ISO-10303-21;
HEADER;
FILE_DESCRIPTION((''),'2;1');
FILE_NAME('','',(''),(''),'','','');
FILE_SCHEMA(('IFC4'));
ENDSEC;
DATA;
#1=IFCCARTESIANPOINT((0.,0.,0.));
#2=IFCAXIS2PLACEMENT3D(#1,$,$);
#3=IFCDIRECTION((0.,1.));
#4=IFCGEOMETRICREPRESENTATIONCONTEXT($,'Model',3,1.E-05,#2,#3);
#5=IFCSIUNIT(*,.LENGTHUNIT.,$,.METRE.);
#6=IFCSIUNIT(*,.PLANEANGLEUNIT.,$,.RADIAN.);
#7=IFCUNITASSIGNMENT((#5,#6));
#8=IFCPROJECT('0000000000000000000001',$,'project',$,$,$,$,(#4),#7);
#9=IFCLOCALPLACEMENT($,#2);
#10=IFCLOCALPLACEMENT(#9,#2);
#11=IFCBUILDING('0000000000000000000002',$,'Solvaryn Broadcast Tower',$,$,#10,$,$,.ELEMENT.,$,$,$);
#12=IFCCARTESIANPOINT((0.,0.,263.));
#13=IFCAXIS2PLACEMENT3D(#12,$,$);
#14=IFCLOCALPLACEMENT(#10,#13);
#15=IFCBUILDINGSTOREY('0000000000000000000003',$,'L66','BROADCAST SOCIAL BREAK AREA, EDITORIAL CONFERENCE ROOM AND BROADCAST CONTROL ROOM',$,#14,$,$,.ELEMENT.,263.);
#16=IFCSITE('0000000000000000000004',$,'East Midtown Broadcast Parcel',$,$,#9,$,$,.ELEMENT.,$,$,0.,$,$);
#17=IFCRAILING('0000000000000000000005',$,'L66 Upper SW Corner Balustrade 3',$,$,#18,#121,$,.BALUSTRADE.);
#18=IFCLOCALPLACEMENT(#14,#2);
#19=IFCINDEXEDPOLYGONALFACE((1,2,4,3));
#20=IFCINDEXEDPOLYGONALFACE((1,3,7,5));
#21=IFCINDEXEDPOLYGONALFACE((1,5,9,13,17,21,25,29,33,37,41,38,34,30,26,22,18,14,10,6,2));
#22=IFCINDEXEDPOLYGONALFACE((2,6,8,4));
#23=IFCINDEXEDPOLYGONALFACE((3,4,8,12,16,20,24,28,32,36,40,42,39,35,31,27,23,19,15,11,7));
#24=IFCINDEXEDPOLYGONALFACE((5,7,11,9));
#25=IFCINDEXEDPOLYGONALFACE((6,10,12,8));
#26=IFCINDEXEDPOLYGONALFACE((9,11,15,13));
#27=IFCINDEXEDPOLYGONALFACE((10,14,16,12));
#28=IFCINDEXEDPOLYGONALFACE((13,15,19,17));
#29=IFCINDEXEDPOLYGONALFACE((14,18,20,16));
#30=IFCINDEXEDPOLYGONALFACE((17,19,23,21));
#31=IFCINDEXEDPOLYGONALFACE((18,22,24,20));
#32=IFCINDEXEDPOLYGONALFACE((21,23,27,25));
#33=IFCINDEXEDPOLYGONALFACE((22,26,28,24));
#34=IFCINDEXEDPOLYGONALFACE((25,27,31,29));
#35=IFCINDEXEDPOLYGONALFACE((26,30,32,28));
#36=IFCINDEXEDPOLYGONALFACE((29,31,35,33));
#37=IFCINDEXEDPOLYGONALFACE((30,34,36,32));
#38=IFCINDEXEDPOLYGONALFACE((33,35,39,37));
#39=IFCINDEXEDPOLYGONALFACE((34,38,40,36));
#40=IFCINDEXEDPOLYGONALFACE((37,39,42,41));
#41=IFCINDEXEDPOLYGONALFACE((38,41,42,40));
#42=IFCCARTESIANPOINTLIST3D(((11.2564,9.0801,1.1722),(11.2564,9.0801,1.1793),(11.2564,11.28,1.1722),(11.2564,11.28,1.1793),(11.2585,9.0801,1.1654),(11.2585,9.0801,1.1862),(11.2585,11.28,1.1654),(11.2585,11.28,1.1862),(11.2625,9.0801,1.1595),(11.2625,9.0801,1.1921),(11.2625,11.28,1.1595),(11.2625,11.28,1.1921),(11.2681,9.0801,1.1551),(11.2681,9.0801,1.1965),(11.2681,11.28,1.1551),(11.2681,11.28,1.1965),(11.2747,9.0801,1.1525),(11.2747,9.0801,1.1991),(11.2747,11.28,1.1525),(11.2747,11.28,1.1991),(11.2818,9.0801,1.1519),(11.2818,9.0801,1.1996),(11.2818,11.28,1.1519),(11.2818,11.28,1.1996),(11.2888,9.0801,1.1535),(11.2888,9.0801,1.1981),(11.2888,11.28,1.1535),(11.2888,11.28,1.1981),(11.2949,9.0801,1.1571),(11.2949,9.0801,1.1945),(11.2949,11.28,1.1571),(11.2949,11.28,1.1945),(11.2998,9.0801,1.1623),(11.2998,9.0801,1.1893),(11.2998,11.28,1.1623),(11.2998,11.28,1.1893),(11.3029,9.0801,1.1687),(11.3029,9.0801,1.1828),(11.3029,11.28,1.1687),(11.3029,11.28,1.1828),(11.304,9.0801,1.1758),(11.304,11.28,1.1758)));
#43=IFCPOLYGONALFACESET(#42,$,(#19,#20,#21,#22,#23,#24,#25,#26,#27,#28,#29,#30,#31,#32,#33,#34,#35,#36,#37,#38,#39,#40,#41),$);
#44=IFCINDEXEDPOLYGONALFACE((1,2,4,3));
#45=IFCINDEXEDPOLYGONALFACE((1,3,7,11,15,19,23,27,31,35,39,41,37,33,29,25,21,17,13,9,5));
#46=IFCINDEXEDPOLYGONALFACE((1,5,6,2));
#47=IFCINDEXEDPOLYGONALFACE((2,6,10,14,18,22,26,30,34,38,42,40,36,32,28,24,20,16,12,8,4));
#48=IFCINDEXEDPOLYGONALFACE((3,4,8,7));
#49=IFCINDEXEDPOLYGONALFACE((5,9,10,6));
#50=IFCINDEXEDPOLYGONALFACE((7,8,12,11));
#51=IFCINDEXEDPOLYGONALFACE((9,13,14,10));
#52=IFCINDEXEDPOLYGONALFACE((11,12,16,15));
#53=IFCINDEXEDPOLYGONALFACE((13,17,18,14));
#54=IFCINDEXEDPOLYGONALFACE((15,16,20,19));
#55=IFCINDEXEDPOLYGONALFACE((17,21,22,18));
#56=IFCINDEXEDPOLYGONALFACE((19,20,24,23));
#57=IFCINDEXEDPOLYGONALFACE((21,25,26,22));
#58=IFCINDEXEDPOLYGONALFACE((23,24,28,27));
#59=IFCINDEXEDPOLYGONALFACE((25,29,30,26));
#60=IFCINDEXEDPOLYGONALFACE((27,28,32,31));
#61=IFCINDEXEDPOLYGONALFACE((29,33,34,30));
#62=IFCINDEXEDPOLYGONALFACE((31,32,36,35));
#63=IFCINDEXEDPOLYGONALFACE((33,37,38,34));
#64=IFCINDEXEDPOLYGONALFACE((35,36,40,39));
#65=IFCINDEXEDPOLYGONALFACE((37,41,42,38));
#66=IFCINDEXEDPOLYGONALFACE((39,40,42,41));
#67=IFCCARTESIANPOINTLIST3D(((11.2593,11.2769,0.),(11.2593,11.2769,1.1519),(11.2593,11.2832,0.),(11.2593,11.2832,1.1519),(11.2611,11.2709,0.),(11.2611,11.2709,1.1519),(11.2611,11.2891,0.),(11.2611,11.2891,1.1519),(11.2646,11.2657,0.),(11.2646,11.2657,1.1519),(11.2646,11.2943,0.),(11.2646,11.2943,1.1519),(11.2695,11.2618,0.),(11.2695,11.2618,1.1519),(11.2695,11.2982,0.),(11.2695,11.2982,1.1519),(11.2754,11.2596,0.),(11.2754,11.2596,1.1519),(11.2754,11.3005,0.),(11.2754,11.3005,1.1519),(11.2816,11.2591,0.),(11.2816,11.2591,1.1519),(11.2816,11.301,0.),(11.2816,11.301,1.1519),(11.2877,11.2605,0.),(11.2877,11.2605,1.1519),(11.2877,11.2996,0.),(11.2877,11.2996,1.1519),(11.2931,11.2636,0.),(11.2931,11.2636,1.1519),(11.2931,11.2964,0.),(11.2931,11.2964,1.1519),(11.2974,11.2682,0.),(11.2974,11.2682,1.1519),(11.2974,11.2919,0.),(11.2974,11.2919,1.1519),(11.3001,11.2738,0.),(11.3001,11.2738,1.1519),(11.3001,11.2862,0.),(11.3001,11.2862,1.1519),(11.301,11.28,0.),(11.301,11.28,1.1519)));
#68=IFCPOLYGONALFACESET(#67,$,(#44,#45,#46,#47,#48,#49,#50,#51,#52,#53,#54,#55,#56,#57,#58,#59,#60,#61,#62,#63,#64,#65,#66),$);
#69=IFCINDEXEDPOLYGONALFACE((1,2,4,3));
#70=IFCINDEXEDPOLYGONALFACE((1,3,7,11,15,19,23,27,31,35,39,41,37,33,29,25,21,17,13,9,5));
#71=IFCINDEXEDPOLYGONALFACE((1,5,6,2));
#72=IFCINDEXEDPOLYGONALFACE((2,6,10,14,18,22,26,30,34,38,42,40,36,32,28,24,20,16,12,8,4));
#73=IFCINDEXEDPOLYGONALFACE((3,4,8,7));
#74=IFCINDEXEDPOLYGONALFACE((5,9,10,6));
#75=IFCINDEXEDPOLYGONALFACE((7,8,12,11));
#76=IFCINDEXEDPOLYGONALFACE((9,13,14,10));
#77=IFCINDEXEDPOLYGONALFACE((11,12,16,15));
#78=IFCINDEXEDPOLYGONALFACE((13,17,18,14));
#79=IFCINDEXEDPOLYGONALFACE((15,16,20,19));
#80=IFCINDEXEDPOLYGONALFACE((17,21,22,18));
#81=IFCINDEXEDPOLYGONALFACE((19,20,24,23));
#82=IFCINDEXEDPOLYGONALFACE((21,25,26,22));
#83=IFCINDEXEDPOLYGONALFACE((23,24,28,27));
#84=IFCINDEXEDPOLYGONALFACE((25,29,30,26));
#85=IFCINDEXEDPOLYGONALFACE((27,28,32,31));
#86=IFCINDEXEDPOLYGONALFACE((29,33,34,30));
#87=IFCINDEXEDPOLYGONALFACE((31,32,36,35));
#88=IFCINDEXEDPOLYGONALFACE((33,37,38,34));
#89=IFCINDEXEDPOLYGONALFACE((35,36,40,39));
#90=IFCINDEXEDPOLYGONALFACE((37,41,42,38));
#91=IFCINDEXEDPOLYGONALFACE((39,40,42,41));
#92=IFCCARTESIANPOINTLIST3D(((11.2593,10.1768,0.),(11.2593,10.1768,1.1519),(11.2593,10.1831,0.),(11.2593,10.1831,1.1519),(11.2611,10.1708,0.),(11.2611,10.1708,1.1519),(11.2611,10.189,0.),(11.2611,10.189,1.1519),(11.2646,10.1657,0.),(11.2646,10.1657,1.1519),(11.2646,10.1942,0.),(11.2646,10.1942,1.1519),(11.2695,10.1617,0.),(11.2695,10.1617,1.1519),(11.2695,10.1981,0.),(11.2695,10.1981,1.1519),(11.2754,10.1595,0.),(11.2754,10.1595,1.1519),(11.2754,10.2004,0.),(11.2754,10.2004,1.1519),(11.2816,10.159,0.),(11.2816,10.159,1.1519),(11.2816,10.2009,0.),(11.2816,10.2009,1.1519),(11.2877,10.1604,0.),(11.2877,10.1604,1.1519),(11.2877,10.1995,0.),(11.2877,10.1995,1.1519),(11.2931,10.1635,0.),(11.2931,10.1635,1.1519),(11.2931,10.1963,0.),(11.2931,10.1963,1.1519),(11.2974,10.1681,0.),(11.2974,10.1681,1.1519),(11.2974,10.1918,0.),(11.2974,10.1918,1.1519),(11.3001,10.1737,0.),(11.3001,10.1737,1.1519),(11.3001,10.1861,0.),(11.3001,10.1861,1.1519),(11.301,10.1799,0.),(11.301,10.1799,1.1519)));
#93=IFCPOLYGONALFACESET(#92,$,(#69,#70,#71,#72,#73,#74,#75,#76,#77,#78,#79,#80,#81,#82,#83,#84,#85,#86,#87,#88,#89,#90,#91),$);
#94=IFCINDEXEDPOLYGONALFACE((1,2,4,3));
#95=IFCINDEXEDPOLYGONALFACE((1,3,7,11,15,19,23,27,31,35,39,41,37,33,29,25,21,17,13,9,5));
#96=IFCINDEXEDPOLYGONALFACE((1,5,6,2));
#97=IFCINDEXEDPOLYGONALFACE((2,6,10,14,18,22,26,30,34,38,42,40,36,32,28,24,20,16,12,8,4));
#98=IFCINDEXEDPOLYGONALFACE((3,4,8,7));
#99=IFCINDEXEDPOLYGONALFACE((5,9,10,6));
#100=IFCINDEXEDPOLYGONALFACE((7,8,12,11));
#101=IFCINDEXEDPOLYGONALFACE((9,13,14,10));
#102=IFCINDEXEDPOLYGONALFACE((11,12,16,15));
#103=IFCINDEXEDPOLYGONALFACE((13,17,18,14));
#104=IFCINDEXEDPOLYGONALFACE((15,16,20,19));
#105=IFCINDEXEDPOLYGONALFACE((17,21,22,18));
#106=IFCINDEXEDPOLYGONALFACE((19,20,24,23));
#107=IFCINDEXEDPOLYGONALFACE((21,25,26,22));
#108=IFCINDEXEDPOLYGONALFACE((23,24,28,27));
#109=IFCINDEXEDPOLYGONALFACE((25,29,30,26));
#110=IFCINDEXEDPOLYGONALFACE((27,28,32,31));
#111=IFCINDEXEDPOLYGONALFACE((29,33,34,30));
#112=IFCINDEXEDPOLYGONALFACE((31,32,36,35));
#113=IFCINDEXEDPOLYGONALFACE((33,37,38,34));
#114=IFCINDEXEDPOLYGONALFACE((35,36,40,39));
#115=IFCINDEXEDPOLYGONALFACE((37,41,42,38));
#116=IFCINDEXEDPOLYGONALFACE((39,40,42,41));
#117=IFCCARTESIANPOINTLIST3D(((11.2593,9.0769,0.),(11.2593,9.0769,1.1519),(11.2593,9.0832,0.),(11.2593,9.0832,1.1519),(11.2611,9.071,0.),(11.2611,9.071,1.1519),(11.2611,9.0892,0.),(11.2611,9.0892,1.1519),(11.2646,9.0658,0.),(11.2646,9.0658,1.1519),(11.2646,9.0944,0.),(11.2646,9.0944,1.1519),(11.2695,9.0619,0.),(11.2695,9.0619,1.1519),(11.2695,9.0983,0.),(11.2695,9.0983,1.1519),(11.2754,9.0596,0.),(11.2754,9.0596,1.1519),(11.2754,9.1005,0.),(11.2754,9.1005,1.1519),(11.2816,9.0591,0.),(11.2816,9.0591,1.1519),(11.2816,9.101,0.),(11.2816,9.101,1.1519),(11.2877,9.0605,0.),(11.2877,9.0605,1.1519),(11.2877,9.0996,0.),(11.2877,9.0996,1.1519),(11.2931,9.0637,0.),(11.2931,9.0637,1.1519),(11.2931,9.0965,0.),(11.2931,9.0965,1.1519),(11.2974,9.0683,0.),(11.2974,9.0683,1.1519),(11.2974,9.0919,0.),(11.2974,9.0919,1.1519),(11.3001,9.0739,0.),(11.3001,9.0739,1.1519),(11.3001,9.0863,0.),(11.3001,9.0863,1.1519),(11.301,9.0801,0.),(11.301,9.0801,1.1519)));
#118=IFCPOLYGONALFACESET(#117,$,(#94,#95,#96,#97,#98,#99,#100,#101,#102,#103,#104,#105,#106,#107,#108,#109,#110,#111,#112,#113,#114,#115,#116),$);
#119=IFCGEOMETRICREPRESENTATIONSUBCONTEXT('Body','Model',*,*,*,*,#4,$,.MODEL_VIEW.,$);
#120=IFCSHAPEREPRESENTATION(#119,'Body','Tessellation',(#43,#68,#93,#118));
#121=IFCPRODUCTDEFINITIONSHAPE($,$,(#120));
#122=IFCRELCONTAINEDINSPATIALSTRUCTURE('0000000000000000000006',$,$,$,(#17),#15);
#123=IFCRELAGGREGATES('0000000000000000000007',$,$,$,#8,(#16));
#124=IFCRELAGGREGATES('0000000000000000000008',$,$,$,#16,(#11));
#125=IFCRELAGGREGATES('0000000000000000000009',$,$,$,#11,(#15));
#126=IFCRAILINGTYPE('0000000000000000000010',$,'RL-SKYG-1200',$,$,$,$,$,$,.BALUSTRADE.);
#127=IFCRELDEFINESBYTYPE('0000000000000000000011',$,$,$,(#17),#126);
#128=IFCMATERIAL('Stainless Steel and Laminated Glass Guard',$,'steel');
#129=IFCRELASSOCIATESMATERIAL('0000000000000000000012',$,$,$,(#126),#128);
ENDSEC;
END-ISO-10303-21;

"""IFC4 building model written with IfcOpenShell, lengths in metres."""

from ifc_helpers import new_model, si_unit, direction, frame, origin, origin_2d, place, context, subcontext, project, spatial, circle, extrude, material, type_object, element, save


model = new_model("IFC4")

# Units and contexts
model_context = context("Model", 3, precision=1e-05, world=origin(), true_north=direction((0.0, 1.0)))
body_context = subcontext(model_context, "Body", "Model", "MODEL_VIEW")
ifc_project = project(units=[si_unit("LENGTHUNIT", "METRE"), si_unit("PLANEANGLEUNIT", "RADIAN")], contexts=[model_context])

# Site, building, storey
site_placement = place(None, origin())
site = spatial("IfcSite", under=ifc_project, at=site_placement, Name="East Midtown Broadcast Parcel", CompositionType="ELEMENT", RefElevation=0.0)
building_placement = place(site_placement, origin())
building = spatial("IfcBuilding", under=site, at=building_placement, Name="Solvaryn Broadcast Tower", CompositionType="ELEMENT")
storey_placement = place(building_placement, frame((0.0, 0.0, 263.0)))
storey = spatial("IfcBuildingStorey", under=building, at=storey_placement, Name="L66", Description="BROADCAST SOCIAL BREAK AREA, EDITORIAL CONFERENCE ROOM AND BROADCAST CONTROL ROOM", CompositionType="ELEMENT", Elevation=263.0)

# Railing
ifc_material_1 = material(Name="Stainless Steel and Laminated Glass Guard", Category="steel")
railing_type = type_object("IfcRailingType", Name="RL-SKYG-1200", PredefinedType="BALUSTRADE", material=ifc_material_1)
railing_1_placement = place(storey_placement, frame((11.28, 11.28, 0.0)))
element("IfcRailing", 1, at=railing_1_placement, inside=storey, type_object=railing_type, Name="L66 Upper SW Corner Balustrade 3", PredefinedType="BALUSTRADE", context=body_context, shape_type="SweptSolid", body=[
    extrude(circle(Radius=0.0239, at=origin_2d()), frame((0.0, 0.0, 1.1758), z_axis=(0.0, -1.0, 0.0), x_axis=(1.0, 0.0, 0.0)), (0.0, 0.0, 1.0), 2.2),
    extrude(circle(Radius=0.021, at=origin_2d()), origin(), (0.0, 0.0, 1.0), 1.1519),
    extrude(circle(Radius=0.021, at=origin_2d()), frame((0.0, -1.1001, 0.0)), (0.0, 0.0, 1.0), 1.1519),
    extrude(circle(Radius=0.021, at=origin_2d()), frame((0.0, -2.2, 0.0)), (0.0, 0.0, 1.0), 1.1519),
])

save(model, "model.ifc")
